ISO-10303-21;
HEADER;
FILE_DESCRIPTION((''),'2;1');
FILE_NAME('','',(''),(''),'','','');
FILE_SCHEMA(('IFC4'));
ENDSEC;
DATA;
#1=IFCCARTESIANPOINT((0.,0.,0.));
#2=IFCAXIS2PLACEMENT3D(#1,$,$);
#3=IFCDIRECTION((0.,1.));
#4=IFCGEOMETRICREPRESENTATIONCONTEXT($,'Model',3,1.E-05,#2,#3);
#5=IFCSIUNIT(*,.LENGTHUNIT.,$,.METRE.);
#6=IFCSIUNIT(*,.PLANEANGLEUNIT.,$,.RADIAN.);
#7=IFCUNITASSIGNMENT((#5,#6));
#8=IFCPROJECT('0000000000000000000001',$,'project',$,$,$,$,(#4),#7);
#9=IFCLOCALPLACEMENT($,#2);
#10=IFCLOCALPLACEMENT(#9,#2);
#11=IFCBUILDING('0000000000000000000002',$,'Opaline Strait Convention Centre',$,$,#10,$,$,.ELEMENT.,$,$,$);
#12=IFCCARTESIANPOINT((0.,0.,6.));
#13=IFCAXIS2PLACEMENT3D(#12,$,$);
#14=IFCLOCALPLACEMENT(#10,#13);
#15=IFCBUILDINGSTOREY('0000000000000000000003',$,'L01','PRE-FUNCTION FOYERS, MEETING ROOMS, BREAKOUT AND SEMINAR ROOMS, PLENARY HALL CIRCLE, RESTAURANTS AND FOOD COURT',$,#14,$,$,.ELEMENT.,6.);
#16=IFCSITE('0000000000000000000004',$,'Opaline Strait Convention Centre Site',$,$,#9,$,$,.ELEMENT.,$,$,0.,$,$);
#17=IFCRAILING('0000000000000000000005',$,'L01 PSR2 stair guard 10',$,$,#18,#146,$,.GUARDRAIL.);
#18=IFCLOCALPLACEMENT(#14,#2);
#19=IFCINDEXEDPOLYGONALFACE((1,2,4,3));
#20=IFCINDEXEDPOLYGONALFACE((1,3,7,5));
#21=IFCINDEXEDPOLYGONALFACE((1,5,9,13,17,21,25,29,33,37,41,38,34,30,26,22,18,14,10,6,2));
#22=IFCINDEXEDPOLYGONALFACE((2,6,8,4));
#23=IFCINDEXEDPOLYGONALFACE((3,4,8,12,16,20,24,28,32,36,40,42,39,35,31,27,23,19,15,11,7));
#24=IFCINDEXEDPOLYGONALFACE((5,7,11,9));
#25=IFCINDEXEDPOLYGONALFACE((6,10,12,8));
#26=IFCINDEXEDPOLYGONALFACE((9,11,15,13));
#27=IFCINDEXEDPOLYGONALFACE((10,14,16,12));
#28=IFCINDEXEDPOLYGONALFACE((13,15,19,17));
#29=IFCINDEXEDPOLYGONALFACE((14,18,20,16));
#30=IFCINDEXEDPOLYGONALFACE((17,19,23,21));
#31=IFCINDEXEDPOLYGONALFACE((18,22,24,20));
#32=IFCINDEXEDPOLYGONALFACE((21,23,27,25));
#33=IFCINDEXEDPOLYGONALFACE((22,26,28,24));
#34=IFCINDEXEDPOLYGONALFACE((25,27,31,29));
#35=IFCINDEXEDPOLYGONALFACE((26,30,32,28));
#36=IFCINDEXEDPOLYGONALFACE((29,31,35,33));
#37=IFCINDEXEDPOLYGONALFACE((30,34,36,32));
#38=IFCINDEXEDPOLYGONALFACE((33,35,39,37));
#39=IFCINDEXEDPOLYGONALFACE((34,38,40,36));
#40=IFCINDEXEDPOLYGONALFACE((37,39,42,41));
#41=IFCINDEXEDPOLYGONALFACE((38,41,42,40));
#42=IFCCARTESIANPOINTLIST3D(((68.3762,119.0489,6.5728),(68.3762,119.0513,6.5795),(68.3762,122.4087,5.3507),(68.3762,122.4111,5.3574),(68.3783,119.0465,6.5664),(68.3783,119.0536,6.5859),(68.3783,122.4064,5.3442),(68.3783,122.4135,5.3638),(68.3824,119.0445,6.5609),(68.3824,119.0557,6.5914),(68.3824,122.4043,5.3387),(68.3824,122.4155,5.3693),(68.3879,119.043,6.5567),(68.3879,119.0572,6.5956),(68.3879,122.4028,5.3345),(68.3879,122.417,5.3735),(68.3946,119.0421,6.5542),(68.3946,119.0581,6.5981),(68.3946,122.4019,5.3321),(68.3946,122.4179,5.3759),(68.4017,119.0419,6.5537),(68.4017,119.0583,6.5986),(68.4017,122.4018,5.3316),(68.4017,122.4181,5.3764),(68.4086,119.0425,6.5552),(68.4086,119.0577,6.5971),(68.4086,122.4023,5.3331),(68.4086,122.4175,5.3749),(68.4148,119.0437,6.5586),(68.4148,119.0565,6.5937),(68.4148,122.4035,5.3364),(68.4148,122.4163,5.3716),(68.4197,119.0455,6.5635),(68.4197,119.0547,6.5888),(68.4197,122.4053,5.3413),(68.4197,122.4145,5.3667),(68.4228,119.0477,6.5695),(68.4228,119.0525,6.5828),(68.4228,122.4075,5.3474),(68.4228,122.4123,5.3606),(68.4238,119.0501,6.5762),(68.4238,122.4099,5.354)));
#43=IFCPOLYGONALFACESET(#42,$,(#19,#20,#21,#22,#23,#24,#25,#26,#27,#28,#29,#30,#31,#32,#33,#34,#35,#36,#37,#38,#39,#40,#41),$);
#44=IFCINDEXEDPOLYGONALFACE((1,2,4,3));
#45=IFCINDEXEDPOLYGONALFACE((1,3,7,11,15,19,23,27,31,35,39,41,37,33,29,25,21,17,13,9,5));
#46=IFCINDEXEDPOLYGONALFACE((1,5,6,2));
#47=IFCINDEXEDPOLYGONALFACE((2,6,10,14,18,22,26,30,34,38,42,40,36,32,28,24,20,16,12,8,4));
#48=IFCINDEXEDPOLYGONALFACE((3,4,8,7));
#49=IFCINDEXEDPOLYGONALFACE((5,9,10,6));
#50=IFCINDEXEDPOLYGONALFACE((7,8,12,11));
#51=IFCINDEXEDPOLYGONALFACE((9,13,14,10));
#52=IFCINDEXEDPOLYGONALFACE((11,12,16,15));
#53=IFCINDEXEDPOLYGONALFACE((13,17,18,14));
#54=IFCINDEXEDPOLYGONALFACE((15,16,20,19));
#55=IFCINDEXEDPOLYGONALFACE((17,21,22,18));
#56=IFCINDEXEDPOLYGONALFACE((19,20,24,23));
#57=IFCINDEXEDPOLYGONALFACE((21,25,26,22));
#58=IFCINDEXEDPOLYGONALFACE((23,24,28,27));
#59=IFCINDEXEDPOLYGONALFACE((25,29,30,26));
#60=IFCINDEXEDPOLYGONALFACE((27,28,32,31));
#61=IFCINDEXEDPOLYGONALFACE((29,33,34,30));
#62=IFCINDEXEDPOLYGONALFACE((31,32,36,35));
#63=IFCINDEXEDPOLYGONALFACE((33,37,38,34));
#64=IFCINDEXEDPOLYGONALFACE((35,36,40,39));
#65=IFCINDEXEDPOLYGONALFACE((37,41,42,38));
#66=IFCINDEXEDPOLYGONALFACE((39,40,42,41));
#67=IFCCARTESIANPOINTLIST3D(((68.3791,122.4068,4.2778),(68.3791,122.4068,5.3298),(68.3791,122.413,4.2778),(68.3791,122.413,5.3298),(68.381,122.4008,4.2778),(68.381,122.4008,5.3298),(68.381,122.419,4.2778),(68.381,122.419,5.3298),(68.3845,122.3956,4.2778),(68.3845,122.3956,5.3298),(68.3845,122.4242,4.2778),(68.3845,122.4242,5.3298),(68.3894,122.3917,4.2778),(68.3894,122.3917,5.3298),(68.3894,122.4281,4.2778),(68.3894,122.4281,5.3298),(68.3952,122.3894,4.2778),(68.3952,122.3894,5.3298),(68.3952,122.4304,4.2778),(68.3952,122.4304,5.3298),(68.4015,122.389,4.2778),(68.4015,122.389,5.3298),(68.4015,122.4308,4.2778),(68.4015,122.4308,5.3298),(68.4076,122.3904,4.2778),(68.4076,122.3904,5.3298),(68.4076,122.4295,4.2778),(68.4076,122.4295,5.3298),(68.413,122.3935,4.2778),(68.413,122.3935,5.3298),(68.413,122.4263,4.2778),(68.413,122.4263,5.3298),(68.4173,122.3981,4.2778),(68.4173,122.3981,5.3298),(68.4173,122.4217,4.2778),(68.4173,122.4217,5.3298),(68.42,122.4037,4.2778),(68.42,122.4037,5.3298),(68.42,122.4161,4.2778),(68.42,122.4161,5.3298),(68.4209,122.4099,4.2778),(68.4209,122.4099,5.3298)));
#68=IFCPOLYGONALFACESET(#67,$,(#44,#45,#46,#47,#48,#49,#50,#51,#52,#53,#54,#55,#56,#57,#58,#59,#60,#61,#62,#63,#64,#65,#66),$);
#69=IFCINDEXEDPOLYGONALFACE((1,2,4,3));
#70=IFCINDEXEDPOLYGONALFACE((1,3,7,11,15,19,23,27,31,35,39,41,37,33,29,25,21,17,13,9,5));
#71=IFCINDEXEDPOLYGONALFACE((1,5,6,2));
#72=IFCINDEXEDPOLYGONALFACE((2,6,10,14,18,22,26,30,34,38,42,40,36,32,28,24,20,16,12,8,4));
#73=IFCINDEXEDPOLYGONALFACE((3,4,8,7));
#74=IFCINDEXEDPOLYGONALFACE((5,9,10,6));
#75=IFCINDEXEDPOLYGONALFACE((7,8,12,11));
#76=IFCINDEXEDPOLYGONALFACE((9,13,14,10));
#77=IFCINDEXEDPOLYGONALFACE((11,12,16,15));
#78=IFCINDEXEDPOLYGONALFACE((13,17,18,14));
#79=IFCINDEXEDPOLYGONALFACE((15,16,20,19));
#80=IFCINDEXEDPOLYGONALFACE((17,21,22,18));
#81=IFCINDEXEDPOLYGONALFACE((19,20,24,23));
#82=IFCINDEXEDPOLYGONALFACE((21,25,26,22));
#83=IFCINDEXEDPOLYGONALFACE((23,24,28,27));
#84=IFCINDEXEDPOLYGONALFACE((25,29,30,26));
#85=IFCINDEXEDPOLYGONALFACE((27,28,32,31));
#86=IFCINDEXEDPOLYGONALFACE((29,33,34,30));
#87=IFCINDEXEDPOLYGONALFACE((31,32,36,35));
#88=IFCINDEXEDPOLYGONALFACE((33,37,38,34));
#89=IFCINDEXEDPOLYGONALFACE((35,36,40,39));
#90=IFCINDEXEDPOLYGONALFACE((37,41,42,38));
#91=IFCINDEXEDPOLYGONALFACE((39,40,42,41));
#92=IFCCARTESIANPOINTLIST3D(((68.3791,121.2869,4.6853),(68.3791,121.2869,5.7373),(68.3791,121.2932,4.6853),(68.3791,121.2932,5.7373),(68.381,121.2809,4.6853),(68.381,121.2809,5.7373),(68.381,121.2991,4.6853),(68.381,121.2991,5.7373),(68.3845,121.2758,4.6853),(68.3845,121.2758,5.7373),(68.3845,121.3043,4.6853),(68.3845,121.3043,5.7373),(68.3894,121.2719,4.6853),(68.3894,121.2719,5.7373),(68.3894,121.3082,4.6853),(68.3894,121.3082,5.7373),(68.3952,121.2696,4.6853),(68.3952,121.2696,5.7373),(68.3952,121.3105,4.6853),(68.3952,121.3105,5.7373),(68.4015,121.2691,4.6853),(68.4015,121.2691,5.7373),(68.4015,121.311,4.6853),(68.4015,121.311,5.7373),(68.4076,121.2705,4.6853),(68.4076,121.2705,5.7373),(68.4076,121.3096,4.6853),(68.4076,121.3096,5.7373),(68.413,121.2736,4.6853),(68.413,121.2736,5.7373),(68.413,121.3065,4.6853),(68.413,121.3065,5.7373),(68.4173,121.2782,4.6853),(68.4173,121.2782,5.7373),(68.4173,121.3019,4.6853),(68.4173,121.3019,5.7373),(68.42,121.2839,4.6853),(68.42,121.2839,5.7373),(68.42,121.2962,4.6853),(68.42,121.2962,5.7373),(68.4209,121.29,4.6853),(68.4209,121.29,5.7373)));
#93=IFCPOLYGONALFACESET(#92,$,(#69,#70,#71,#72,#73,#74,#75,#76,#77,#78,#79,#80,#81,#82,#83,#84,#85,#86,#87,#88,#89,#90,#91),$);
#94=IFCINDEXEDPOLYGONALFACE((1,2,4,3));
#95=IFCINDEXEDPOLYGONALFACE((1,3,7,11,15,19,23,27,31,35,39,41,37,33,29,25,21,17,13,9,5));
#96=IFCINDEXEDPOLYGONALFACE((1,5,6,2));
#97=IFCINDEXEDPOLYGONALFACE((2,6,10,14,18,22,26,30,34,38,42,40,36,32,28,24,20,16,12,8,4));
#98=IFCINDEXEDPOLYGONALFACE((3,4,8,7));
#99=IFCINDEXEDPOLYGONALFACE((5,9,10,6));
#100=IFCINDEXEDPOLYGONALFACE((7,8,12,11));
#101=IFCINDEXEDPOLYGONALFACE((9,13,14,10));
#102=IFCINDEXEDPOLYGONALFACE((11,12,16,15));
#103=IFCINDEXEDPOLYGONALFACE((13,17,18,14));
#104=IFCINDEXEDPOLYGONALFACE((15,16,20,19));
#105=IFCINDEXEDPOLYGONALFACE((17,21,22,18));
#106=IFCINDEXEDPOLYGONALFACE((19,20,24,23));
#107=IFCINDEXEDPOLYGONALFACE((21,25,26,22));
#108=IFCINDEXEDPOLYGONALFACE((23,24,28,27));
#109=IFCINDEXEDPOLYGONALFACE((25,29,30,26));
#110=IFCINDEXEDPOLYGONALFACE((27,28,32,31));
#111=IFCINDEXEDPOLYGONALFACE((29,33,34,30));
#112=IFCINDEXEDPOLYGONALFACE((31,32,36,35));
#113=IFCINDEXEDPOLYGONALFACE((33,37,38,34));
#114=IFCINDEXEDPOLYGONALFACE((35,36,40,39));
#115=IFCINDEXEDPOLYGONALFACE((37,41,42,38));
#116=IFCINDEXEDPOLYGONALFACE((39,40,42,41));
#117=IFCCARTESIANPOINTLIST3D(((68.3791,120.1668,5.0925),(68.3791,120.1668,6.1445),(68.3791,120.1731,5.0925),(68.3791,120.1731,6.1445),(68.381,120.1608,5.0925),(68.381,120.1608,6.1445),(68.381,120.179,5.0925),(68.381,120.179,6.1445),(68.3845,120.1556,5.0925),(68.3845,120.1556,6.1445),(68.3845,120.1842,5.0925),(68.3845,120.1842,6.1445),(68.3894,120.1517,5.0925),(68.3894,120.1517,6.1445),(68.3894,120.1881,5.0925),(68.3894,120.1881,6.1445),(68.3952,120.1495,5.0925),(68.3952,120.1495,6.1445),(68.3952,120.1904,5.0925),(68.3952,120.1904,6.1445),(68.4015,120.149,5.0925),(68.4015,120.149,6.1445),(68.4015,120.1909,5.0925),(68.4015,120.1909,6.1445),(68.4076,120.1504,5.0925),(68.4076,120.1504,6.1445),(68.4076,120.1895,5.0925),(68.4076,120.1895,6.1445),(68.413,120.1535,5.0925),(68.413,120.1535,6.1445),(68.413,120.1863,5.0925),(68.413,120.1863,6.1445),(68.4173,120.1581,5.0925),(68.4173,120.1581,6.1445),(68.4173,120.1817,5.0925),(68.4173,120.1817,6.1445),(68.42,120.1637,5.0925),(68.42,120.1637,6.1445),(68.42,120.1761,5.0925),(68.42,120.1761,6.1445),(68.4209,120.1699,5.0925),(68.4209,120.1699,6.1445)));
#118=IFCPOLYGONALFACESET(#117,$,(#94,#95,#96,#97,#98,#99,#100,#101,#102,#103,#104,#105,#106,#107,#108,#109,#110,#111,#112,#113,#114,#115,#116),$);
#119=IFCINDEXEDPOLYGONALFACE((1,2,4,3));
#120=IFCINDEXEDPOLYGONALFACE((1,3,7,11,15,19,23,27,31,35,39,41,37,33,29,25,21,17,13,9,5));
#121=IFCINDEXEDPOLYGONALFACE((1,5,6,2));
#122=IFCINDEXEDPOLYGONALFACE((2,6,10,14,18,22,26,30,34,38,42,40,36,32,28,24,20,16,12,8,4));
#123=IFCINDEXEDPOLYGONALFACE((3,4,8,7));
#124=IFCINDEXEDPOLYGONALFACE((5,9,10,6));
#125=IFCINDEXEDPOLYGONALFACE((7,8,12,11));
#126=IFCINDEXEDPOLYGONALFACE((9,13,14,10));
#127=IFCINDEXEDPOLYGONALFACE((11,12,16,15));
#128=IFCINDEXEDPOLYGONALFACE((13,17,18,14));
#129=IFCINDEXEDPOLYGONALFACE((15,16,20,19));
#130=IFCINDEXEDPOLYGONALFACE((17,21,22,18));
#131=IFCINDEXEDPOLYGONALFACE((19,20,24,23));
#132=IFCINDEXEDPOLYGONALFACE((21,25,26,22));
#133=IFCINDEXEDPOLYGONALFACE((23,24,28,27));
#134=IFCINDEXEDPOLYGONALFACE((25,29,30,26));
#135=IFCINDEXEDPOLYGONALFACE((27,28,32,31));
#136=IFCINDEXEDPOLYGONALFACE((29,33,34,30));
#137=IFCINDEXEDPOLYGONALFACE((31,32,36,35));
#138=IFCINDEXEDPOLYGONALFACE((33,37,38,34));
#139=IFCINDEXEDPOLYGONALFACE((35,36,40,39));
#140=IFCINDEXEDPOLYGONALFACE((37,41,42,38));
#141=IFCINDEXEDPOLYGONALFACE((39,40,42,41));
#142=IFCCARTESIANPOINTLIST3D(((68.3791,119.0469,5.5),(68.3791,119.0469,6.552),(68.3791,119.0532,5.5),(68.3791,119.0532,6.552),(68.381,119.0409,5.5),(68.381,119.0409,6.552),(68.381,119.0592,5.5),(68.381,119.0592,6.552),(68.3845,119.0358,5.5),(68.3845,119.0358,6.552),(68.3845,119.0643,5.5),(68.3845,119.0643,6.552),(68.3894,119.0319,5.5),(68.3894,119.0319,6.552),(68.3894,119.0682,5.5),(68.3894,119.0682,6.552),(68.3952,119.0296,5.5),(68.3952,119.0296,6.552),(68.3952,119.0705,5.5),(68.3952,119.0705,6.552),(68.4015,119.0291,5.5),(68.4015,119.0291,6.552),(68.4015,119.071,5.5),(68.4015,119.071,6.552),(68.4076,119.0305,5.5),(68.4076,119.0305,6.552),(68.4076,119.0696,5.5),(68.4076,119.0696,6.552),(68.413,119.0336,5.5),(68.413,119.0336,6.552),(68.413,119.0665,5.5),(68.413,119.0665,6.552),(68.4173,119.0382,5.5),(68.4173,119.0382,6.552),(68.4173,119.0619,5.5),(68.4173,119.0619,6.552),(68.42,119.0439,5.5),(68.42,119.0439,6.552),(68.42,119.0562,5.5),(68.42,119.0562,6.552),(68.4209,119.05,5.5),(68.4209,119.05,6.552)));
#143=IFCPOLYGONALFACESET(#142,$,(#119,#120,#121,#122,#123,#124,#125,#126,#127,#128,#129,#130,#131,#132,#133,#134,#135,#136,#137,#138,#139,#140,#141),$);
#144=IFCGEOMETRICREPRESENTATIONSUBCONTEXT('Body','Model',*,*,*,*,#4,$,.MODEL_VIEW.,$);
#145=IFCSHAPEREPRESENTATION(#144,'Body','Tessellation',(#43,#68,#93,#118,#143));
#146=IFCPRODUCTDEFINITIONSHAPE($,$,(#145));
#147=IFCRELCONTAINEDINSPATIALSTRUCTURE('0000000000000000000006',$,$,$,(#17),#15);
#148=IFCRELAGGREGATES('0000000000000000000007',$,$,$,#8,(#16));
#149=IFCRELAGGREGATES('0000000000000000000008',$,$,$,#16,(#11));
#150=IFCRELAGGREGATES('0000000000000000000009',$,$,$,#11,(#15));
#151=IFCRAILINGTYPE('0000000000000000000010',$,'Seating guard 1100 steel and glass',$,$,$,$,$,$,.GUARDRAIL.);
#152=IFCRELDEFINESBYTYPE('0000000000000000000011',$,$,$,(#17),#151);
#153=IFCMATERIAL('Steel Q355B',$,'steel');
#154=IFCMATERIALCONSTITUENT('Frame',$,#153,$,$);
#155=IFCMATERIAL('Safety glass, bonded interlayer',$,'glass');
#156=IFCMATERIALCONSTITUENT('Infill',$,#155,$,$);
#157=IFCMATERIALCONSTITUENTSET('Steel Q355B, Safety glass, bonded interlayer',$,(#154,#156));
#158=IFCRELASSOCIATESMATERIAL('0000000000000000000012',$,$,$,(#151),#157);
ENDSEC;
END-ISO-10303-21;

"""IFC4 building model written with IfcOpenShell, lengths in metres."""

from ifc_helpers import new_model, si_unit, direction, frame, origin, origin_2d, place, context, subcontext, project, spatial, circle, extrude, material, constituent, constituent_set, type_object, element, save


model = new_model("IFC4")

# Units and contexts
model_context = context("Model", 3, precision=1e-05, world=origin(), true_north=direction((0.0, 1.0)))
body_context = subcontext(model_context, "Body", "Model", "MODEL_VIEW")
ifc_project = project(units=[si_unit("LENGTHUNIT", "METRE"), si_unit("PLANEANGLEUNIT", "RADIAN")], contexts=[model_context])

# Site, building, storey
site_placement = place(None, origin())
site = spatial("IfcSite", under=ifc_project, at=site_placement, Name="Opaline Strait Convention Centre Site", CompositionType="ELEMENT", RefElevation=0.0)
building_placement = place(site_placement, origin())
building = spatial("IfcBuilding", under=site, at=building_placement, Name="Opaline Strait Convention Centre", CompositionType="ELEMENT")
storey_placement = place(building_placement, frame((0.0, 0.0, 6.0)))
storey = spatial("IfcBuildingStorey", under=building, at=storey_placement, Name="L01", Description="PRE-FUNCTION FOYERS, MEETING ROOMS, BREAKOUT AND SEMINAR ROOMS, PLENARY HALL CIRCLE, RESTAURANTS AND FOOD COURT", CompositionType="ELEMENT", Elevation=6.0)

# Railing
ifc_material_1 = material(Name="Steel Q355B", Category="steel")
ifc_constituent_1 = constituent(ifc_material_1, Name="Frame")
ifc_material_2 = material(Name="Safety glass, bonded interlayer", Category="glass")
ifc_constituent_2 = constituent(ifc_material_2, Name="Infill")
ifc_constituent_set_1 = constituent_set(constituents=[ifc_constituent_1, ifc_constituent_2], Name="Steel Q355B, Safety glass, bonded interlayer")
railing_type_1 = type_object("IfcRailingType", Name="Seating guard 1100 steel and glass", PredefinedType="GUARDRAIL", material=ifc_constituent_set_1)
railing_1_placement = place(storey_placement, frame((68.3999, 122.4099, 4.2778)))
element("IfcRailing", 1, at=railing_1_placement, inside=storey, type_object=railing_type_1, Name="L01 PSR2 stair guard 10", PredefinedType="GUARDRAIL", context=body_context, shape_type="SweptSolid", body=[
    extrude(circle(Radius=0.0239, at=origin_2d()), frame((0.0, 0.0, 1.0762), z_axis=(0.0, -0.939758, 0.341842), x_axis=(1.0, 0.0, 0.0)), (0.0, 0.0, 1.0), 3.5752),
    extrude(circle(Radius=0.021, at=origin_2d()), origin(), (0.0, 0.0, 1.0), 1.052),
    extrude(circle(Radius=0.021, at=origin_2d()), frame((0.0, -1.1199, 0.4075)), (0.0, 0.0, 1.0), 1.052),
    extrude(circle(Radius=0.021, at=origin_2d()), frame((0.0, -2.24, 0.8147)), (0.0, 0.0, 1.0), 1.052),
    extrude(circle(Radius=0.021, at=origin_2d()), frame((0.0, -3.3599, 1.2222)), (0.0, 0.0, 1.0), 1.052),
])

save(model, "model.ifc")
